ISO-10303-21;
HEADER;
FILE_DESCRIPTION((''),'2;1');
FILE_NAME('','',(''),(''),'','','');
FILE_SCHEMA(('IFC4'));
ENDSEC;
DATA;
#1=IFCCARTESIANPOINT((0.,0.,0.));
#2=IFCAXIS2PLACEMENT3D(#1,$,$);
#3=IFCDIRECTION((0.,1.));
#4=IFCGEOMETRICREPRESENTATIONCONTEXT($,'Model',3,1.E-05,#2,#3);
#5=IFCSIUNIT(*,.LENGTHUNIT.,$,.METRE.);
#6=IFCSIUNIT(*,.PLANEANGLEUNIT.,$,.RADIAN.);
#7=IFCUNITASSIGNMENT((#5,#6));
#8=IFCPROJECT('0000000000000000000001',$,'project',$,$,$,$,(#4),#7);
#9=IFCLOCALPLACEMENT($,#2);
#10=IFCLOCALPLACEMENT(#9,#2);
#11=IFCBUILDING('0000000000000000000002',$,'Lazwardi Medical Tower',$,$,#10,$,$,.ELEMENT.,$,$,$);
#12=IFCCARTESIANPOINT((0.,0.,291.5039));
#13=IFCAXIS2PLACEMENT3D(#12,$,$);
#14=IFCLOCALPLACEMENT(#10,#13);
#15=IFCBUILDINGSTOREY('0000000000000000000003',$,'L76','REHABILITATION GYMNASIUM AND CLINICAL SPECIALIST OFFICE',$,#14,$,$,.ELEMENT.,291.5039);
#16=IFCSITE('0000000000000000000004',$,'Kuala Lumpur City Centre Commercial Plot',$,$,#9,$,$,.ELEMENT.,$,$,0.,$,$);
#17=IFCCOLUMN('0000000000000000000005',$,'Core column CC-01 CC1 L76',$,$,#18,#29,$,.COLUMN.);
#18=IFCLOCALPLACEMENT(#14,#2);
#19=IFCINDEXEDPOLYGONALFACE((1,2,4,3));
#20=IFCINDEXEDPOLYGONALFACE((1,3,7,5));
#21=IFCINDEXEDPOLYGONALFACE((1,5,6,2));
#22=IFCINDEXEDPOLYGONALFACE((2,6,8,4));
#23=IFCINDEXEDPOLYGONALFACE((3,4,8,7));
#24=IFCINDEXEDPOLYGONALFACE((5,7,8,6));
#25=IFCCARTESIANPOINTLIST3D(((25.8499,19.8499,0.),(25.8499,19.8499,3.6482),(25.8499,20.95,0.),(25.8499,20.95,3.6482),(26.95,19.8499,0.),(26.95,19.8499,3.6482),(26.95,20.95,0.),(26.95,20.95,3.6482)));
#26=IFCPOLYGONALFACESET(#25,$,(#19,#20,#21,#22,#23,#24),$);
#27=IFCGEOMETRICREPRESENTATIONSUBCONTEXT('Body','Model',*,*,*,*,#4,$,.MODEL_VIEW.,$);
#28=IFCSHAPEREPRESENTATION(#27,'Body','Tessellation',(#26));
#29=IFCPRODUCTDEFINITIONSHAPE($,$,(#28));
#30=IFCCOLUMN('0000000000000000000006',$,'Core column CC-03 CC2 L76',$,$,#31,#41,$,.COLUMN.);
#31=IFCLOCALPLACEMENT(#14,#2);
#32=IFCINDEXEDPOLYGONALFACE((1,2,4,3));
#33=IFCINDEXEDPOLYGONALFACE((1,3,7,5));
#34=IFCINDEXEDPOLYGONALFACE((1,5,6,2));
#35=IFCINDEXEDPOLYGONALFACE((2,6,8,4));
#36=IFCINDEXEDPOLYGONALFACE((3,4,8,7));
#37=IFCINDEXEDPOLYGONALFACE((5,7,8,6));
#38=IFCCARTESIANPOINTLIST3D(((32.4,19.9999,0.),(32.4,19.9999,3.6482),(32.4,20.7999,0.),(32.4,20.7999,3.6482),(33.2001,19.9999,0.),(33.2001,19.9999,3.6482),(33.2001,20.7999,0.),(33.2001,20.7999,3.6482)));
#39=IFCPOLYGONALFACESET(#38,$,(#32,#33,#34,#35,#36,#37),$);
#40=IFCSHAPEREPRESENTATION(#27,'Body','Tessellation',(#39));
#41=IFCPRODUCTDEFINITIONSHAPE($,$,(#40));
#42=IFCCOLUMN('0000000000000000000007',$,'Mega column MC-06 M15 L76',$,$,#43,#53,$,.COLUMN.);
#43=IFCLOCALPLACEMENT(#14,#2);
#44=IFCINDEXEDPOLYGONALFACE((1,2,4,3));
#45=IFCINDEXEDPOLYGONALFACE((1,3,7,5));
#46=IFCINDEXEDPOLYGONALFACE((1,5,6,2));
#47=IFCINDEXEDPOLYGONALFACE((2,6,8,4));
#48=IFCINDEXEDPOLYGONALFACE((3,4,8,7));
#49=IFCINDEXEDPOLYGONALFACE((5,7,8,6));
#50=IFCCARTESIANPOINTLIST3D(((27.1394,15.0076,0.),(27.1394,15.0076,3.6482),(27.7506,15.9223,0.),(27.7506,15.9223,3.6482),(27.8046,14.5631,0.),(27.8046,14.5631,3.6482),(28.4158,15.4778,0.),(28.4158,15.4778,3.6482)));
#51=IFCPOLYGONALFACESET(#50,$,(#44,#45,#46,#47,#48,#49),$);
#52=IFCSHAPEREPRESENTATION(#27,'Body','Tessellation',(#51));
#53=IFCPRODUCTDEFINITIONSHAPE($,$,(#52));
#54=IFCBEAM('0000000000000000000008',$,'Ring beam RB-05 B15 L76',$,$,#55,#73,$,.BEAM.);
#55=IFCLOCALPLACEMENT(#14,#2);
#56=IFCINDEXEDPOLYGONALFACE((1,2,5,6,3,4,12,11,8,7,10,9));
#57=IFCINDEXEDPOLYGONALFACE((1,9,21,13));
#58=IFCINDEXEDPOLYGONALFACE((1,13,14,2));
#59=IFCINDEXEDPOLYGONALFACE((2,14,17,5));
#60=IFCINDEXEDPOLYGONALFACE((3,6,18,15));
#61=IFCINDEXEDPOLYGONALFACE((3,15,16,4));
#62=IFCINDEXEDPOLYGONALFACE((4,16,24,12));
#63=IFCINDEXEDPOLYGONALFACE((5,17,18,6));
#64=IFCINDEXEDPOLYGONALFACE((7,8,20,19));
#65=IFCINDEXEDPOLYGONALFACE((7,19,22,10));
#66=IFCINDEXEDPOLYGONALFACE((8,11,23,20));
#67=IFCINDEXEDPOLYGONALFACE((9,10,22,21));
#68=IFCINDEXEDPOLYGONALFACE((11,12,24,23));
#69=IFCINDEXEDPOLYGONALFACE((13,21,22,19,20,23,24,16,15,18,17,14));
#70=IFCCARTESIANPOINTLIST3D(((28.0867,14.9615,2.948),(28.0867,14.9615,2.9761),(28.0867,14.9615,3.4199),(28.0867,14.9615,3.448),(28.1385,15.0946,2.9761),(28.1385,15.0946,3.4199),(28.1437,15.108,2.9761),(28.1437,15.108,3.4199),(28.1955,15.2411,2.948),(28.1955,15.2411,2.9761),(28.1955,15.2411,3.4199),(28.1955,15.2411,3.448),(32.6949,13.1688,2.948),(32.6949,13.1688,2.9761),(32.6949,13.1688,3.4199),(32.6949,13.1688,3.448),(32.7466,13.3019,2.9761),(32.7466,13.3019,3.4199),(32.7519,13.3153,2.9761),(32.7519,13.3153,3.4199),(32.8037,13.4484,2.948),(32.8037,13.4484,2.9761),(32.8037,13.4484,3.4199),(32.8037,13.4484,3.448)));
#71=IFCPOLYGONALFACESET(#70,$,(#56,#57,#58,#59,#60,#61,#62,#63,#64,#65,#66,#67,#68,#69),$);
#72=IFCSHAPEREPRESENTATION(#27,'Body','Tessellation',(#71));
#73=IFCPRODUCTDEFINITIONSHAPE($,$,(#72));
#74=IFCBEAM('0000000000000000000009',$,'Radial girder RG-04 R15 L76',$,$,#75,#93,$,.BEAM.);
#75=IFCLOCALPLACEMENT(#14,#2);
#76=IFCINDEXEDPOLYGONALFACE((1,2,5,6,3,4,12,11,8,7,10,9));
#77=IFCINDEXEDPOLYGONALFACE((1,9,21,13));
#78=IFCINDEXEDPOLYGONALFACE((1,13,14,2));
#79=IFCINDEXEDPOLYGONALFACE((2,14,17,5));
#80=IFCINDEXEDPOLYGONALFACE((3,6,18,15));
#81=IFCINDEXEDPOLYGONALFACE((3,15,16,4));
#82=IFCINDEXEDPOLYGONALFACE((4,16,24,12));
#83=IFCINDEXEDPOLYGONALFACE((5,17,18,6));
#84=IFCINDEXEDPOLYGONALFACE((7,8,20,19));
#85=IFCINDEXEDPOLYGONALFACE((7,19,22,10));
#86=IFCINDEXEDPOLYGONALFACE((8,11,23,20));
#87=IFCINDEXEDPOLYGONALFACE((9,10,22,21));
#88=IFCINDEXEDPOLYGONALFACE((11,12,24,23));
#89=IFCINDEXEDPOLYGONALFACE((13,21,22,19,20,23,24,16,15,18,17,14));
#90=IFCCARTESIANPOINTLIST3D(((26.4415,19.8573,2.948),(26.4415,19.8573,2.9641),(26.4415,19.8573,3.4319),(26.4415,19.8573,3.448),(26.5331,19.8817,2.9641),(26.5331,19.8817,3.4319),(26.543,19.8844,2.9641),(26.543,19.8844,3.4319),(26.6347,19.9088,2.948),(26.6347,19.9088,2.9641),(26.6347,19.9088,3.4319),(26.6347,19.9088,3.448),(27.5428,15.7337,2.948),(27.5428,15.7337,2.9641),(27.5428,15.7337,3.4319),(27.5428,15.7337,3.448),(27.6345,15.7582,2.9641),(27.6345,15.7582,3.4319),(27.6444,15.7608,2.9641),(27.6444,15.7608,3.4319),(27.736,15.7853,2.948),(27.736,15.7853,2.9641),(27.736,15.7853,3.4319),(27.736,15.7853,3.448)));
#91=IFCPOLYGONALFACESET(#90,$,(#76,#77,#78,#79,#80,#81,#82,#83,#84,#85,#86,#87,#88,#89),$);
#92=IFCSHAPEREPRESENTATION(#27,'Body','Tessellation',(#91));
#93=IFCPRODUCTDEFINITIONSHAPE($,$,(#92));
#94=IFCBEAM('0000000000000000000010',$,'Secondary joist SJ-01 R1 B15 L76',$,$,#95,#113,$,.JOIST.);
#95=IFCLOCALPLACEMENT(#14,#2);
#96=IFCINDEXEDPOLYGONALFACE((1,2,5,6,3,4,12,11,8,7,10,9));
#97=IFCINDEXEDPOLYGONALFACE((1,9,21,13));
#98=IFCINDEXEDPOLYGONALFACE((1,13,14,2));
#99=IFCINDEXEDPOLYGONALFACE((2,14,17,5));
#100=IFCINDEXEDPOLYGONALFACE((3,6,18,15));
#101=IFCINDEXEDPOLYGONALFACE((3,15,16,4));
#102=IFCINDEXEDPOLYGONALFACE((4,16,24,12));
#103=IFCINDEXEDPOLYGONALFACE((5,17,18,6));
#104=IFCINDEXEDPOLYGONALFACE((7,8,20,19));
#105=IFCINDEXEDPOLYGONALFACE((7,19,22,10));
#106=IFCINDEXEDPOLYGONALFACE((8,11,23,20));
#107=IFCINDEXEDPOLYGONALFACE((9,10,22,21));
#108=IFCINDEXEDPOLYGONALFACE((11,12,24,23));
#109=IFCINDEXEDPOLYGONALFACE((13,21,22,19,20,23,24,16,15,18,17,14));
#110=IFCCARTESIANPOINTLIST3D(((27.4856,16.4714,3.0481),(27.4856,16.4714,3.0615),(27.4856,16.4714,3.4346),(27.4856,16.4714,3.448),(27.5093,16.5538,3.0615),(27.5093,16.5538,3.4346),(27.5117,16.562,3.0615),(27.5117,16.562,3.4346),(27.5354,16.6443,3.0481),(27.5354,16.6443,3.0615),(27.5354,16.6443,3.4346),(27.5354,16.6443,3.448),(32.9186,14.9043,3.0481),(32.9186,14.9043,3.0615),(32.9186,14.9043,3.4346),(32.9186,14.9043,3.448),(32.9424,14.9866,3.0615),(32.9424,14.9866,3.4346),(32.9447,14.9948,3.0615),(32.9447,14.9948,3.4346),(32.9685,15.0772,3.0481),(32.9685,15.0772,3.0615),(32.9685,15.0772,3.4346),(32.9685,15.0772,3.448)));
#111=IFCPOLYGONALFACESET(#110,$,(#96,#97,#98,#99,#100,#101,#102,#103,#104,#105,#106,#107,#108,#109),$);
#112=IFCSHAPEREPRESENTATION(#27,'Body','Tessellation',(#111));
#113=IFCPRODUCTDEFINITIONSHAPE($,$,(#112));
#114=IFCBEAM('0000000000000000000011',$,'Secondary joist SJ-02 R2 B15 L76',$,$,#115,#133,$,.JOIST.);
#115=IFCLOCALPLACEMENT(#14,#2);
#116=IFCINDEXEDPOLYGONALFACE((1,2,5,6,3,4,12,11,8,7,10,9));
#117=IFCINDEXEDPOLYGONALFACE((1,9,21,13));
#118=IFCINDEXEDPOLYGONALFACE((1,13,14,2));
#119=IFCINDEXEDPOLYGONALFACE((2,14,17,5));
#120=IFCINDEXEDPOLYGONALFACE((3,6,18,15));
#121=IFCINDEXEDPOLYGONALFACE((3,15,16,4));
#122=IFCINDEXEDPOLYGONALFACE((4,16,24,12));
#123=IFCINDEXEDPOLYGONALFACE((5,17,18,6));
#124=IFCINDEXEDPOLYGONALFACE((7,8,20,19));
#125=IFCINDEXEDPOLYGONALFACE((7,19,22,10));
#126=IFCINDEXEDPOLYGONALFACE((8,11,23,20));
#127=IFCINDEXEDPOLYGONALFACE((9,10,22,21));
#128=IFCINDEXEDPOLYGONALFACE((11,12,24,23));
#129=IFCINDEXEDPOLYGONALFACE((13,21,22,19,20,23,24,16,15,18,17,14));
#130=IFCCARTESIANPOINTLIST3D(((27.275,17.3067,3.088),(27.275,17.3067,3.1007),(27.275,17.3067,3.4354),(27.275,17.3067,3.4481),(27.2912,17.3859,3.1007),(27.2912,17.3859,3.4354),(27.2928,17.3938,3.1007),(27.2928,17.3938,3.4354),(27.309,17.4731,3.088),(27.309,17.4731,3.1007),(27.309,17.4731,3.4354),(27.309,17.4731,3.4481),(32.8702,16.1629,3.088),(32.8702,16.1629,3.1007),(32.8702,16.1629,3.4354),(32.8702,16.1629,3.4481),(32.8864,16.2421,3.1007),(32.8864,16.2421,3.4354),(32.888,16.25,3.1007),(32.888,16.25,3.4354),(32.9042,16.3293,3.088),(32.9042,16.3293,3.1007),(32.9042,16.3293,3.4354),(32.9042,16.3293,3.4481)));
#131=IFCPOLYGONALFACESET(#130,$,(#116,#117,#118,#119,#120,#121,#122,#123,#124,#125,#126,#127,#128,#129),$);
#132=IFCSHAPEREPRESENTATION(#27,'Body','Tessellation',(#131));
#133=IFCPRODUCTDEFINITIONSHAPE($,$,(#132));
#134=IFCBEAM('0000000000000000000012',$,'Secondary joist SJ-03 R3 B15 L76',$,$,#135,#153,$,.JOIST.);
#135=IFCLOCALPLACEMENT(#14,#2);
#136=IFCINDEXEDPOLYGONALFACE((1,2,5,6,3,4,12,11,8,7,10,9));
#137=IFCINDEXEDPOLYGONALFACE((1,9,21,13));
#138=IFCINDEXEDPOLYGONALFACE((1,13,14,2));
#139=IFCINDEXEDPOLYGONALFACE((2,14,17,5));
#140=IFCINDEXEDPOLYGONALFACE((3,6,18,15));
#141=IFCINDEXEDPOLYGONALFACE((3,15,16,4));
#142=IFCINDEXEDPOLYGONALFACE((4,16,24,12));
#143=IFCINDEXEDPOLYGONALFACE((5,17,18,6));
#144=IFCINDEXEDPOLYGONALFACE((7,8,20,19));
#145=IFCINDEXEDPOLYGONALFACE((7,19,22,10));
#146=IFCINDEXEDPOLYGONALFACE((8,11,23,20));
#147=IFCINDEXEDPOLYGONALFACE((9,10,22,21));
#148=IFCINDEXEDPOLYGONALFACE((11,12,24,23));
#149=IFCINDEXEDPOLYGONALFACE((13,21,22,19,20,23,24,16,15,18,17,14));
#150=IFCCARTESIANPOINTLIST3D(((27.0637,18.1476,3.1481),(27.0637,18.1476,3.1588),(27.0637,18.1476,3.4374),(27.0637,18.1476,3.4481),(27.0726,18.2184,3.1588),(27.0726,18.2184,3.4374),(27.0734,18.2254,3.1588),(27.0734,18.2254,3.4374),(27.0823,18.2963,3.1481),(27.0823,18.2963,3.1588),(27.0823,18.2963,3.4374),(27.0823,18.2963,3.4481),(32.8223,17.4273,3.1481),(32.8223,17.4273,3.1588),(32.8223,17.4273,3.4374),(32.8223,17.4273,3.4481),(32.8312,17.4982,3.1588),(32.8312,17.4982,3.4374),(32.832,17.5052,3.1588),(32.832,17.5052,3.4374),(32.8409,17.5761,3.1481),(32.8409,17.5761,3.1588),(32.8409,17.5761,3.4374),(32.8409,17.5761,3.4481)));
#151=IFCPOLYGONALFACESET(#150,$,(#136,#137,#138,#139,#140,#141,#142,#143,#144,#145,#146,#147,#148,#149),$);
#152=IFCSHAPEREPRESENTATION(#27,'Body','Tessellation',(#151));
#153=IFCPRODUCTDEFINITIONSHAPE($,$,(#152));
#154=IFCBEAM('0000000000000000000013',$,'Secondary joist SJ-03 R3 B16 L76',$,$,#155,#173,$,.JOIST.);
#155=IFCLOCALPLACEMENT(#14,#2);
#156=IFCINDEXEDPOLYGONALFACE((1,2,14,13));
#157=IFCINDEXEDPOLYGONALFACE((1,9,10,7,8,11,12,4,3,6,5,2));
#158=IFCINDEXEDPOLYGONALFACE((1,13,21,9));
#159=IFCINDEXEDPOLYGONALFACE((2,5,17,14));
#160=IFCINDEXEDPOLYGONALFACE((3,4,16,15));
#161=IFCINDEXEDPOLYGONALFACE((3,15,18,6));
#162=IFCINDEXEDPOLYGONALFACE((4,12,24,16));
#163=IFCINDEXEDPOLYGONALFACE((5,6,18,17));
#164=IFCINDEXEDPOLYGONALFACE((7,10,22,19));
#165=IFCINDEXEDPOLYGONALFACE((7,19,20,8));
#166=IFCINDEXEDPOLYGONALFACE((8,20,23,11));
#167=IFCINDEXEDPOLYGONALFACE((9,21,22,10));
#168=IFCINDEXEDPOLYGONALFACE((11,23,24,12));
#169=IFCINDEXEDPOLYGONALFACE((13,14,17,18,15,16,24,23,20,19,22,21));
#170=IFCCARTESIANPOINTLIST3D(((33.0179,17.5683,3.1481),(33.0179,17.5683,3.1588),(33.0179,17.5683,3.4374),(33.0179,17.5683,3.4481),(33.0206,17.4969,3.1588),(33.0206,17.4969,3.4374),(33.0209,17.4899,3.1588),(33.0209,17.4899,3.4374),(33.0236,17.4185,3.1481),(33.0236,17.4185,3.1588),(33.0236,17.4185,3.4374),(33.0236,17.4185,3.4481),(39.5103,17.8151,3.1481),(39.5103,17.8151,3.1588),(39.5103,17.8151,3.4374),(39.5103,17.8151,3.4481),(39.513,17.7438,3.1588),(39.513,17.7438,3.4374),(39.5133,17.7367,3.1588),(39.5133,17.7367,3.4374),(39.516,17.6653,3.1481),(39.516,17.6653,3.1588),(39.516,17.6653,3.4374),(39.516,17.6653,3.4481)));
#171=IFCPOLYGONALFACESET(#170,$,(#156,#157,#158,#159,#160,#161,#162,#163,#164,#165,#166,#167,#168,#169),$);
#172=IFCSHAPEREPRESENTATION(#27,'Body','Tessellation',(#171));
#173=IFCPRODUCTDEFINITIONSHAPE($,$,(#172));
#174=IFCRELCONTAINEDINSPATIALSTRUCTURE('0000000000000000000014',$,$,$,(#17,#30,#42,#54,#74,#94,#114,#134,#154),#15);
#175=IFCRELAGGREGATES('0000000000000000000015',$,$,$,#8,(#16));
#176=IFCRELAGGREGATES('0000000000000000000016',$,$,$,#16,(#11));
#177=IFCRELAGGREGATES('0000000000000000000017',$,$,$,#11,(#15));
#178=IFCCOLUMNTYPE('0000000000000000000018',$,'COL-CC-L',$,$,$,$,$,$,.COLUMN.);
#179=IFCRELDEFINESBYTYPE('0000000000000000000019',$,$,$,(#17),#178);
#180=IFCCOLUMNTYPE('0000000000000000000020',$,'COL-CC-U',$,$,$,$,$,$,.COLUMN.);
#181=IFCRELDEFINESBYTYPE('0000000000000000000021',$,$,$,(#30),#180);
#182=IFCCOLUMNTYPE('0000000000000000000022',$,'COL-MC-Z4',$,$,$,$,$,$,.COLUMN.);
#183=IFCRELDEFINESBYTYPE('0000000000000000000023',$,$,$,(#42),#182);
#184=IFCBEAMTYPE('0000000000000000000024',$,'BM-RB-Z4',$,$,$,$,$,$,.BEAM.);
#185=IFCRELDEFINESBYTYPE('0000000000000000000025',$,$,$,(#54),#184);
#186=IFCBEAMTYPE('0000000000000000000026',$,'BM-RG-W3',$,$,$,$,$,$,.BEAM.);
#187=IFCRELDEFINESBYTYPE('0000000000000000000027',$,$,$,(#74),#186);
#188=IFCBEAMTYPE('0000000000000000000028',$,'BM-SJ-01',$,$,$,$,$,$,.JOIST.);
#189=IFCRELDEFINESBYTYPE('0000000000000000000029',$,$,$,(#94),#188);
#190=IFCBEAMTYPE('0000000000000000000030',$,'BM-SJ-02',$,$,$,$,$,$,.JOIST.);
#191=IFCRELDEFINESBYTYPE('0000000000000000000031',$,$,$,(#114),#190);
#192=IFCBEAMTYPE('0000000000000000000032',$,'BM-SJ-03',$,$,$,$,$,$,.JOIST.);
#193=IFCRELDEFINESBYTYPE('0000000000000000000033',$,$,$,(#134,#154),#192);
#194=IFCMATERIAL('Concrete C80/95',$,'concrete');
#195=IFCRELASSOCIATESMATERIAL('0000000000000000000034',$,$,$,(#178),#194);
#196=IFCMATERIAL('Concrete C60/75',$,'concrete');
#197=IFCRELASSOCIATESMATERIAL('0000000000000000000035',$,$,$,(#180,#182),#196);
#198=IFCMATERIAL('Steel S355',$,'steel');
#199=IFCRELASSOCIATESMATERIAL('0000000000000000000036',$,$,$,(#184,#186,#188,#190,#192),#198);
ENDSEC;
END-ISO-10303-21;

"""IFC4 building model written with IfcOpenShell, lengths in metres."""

from ifc_helpers import new_model, si_unit, direction, frame, origin, origin_2d, place, context, subcontext, project, spatial, rectangle, i_section, extrude, material, material_profile, profile_set, type_object, element, save


model = new_model("IFC4")

# Units and contexts
model_context = context("Model", 3, precision=1e-05, world=origin(), true_north=direction((0.0, 1.0)))
body_context = subcontext(model_context, "Body", "Model", "MODEL_VIEW")
ifc_project = project(units=[si_unit("LENGTHUNIT", "METRE"), si_unit("PLANEANGLEUNIT", "RADIAN")], contexts=[model_context])

# Site, building, storey
site_placement = place(None, origin())
site = spatial("IfcSite", under=ifc_project, at=site_placement, Name="Kuala Lumpur City Centre Commercial Plot", CompositionType="ELEMENT", RefElevation=0.0)
building_placement = place(site_placement, origin())
building = spatial("IfcBuilding", under=site, at=building_placement, Name="Lazwardi Medical Tower", CompositionType="ELEMENT")
storey_placement = place(building_placement, frame((0.0, 0.0, 291.5039)))
storey = spatial("IfcBuildingStorey", under=building, at=storey_placement, Name="L76", Description="REHABILITATION GYMNASIUM AND CLINICAL SPECIALIST OFFICE", CompositionType="ELEMENT", Elevation=291.5039)

# Columns
ifc_material_1 = material(Name="Concrete C80/95", Category="concrete")
ifc_material_profile_1 = material_profile(ifc_material_1, rectangle(XDim=1.1001, YDim=1.1001, at=origin_2d()), Name="RC 1100x1100")
ifc_profile_set_1 = profile_set([ifc_material_profile_1], Name="Concrete C80/95")
column_type_1 = type_object("IfcColumnType", Name="COL-CC-L", PredefinedType="COLUMN", material=ifc_profile_set_1)
column_1_placement = place(storey_placement, frame((26.3999, 20.3999, 0.0), z_axis=(0.0, 0.0, 1.0), x_axis=(1.0, 0.0, 0.0)))
element("IfcColumn", 1, at=column_1_placement, inside=storey, type_object=column_type_1, Name="Core column CC-01 CC1 L76", PredefinedType="COLUMN", context=body_context, shape_type="SweptSolid", body=[
    extrude(rectangle(XDim=1.1001, YDim=1.1001, at=origin_2d()), origin(), (0.0, 0.0, 1.0), 3.6482),
])
ifc_material_2 = material(Name="Concrete C60/75", Category="concrete")
ifc_material_profile_2 = material_profile(ifc_material_2, rectangle(XDim=0.8, YDim=0.8, at=origin_2d()), Name="RC 800x800")
ifc_profile_set_2 = profile_set([ifc_material_profile_2], Name="Concrete C60/75")
column_type_2 = type_object("IfcColumnType", Name="COL-CC-U", PredefinedType="COLUMN", material=ifc_profile_set_2)
column_2_placement = place(storey_placement, frame((32.8, 20.3999, 0.0), z_axis=(0.0, 0.0, 1.0), x_axis=(1.0, 0.0, 0.0)))
element("IfcColumn", 2, at=column_2_placement, inside=storey, type_object=column_type_2, Name="Core column CC-03 CC2 L76", PredefinedType="COLUMN", context=body_context, shape_type="SweptSolid", body=[
    extrude(rectangle(XDim=0.8, YDim=0.8, at=origin_2d()), origin(), (0.0, 0.0, 1.0), 3.6482),
])
ifc_material_profile_3 = material_profile(ifc_material_2, rectangle(XDim=1.1001, YDim=0.8, at=origin_2d()), Name="CFT-RECT 1100x800")
ifc_profile_set_3 = profile_set([ifc_material_profile_3], Name="Concrete C60/75")
column_type_3 = type_object("IfcColumnType", Name="COL-MC-Z4", PredefinedType="COLUMN", material=ifc_profile_set_3)
column_3_placement = place(storey_placement, frame((27.7776, 15.2427, 0.0), z_axis=(0.0, 0.0, 1.0), x_axis=(-0.55557, -0.83147, 0.0)))
element("IfcColumn", 3, at=column_3_placement, inside=storey, type_object=column_type_3, Name="Mega column MC-06 M15 L76", PredefinedType="COLUMN", context=body_context, shape_type="SweptSolid", body=[
    extrude(rectangle(XDim=1.1001, YDim=0.8, at=origin_2d()), origin(), (0.0, 0.0, 1.0), 3.6482),
])

# Beams
ifc_material_3 = material(Name="Steel S355", Category="steel")
ifc_material_profile_4 = material_profile(ifc_material_3, i_section(OverallWidth=0.3, OverallDepth=0.5, WebThickness=0.0144, FlangeThickness=0.0281, at=origin_2d()), Name="HEB 500")
ifc_profile_set_4 = profile_set([ifc_material_profile_4], Name="Steel S355")
beam_type_1 = type_object("IfcBeamType", Name="BM-RB-Z4", PredefinedType="BEAM", material=ifc_profile_set_4)
beam_1_placement = place(storey_placement, frame((28.1411, 15.1013, 3.198), z_axis=(0.931959, -0.362563, 0.0), x_axis=(0.362563, 0.931959, 0.0)))
element("IfcBeam", 4, at=beam_1_placement, inside=storey, type_object=beam_type_1, Name="Ring beam RB-05 B15 L76", PredefinedType="BEAM", context=body_context, shape_type="SweptSolid", body=[
    extrude(i_section(OverallWidth=0.3, OverallDepth=0.5, WebThickness=0.0144, FlangeThickness=0.0281, at=origin_2d()), origin(), (0.0, 0.0, 1.0), 4.9446),
])
ifc_material_profile_5 = material_profile(ifc_material_3, i_section(OverallWidth=0.2, OverallDepth=0.5, WebThickness=0.0103, FlangeThickness=0.0161, at=origin_2d()), Name="IPE 500")
ifc_profile_set_5 = profile_set([ifc_material_profile_5], Name="Steel S355")
beam_type_2 = type_object("IfcBeamType", Name="BM-RG-W3", PredefinedType="BEAM", material=ifc_profile_set_5)
beam_2_placement = place(storey_placement, frame((27.6394, 15.7595, 3.198), z_axis=(-0.258036, 0.966135, 0.0), x_axis=(-0.966135, -0.258036, 0.0)))
element("IfcBeam", 5, at=beam_2_placement, inside=storey, type_object=beam_type_2, Name="Radial girder RG-04 R15 L76", PredefinedType="BEAM", context=body_context, shape_type="SweptSolid", body=[
    extrude(i_section(OverallWidth=0.2, OverallDepth=0.5, WebThickness=0.0103, FlangeThickness=0.0161, at=origin_2d()), origin(), (0.0, 0.0, 1.0), 4.2681),
])
ifc_material_profile_6 = material_profile(ifc_material_3, i_section(OverallWidth=0.1799, OverallDepth=0.3999, WebThickness=0.0085, FlangeThickness=0.0134, at=origin_2d()), Name="IPE 400")
ifc_profile_set_6 = profile_set([ifc_material_profile_6], Name="Steel S355")
beam_type_3 = type_object("IfcBeamType", Name="BM-SJ-01", PredefinedType="JOIST", material=ifc_profile_set_6)
beam_3_placement = place(storey_placement, frame((27.5105, 16.5579, 3.248), z_axis=(0.960828, -0.277144, 0.0), x_axis=(0.277144, 0.960828, 0.0)))
element("IfcBeam", 6, at=beam_3_placement, inside=storey, type_object=beam_type_3, Name="Secondary joist SJ-01 R1 B15 L76", PredefinedType="JOIST", context=body_context, shape_type="SweptSolid", body=[
    extrude(i_section(OverallWidth=0.1799, OverallDepth=0.3999, WebThickness=0.0085, FlangeThickness=0.0134, at=origin_2d()), origin(), (0.0, 0.0, 1.0), 5.6545),
])
ifc_material_profile_7 = material_profile(ifc_material_3, i_section(OverallWidth=0.1699, OverallDepth=0.3601, WebThickness=0.0081, FlangeThickness=0.0127, at=origin_2d()), Name="IPE 360")
ifc_profile_set_7 = profile_set([ifc_material_profile_7], Name="Steel S355")
beam_type_4 = type_object("IfcBeamType", Name="BM-SJ-02", PredefinedType="JOIST", material=ifc_profile_set_7)
beam_4_placement = place(storey_placement, frame((27.292, 17.3899, 3.2681), z_axis=(0.979738, -0.200282, 0.0), x_axis=(0.200282, 0.979738, 0.0)))
element("IfcBeam", 7, at=beam_4_placement, inside=storey, type_object=beam_type_4, Name="Secondary joist SJ-02 R2 B15 L76", PredefinedType="JOIST", context=body_context, shape_type="SweptSolid", body=[
    extrude(i_section(OverallWidth=0.1699, OverallDepth=0.3601, WebThickness=0.0081, FlangeThickness=0.0127, at=origin_2d()), origin(), (0.0, 0.0, 1.0), 5.7109),
])
ifc_material_profile_8 = material_profile(ifc_material_3, i_section(OverallWidth=0.1499, OverallDepth=0.3, WebThickness=0.0071, FlangeThickness=0.0107, at=origin_2d()), Name="IPE 300")
ifc_profile_set_8 = profile_set([ifc_material_profile_8], Name="Steel S355")
beam_type_5 = type_object("IfcBeamType", Name="BM-SJ-03", PredefinedType="JOIST", material=ifc_profile_set_8)
beam_5_placement = place(storey_placement, frame((27.073, 18.2219, 3.2981), z_axis=(0.992269, -0.124102, 0.0), x_axis=(0.124102, 0.992269, 0.0)))
element("IfcBeam", 8, at=beam_5_placement, inside=storey, type_object=beam_type_5, Name="Secondary joist SJ-03 R3 B15 L76", PredefinedType="JOIST", context=body_context, shape_type="SweptSolid", body=[
    extrude(i_section(OverallWidth=0.1499, OverallDepth=0.3, WebThickness=0.0071, FlangeThickness=0.0107, at=origin_2d()), origin(), (0.0, 0.0, 1.0), 5.8035),
])
beam_6_placement = place(storey_placement, frame((33.0208, 17.4934, 3.2981), z_axis=(0.999278, 0.03799, 0.0), x_axis=(-0.03799, 0.999278, 0.0)))
element("IfcBeam", 9, at=beam_6_placement, inside=storey, type_object=beam_type_5, Name="Secondary joist SJ-03 R3 B16 L76", PredefinedType="JOIST", context=body_context, shape_type="SweptSolid", body=[
    extrude(i_section(OverallWidth=0.1499, OverallDepth=0.3, WebThickness=0.0071, FlangeThickness=0.0107, at=origin_2d()), origin(), (0.0, 0.0, 1.0), 6.4971),
])

save(model, "model.ifc")
